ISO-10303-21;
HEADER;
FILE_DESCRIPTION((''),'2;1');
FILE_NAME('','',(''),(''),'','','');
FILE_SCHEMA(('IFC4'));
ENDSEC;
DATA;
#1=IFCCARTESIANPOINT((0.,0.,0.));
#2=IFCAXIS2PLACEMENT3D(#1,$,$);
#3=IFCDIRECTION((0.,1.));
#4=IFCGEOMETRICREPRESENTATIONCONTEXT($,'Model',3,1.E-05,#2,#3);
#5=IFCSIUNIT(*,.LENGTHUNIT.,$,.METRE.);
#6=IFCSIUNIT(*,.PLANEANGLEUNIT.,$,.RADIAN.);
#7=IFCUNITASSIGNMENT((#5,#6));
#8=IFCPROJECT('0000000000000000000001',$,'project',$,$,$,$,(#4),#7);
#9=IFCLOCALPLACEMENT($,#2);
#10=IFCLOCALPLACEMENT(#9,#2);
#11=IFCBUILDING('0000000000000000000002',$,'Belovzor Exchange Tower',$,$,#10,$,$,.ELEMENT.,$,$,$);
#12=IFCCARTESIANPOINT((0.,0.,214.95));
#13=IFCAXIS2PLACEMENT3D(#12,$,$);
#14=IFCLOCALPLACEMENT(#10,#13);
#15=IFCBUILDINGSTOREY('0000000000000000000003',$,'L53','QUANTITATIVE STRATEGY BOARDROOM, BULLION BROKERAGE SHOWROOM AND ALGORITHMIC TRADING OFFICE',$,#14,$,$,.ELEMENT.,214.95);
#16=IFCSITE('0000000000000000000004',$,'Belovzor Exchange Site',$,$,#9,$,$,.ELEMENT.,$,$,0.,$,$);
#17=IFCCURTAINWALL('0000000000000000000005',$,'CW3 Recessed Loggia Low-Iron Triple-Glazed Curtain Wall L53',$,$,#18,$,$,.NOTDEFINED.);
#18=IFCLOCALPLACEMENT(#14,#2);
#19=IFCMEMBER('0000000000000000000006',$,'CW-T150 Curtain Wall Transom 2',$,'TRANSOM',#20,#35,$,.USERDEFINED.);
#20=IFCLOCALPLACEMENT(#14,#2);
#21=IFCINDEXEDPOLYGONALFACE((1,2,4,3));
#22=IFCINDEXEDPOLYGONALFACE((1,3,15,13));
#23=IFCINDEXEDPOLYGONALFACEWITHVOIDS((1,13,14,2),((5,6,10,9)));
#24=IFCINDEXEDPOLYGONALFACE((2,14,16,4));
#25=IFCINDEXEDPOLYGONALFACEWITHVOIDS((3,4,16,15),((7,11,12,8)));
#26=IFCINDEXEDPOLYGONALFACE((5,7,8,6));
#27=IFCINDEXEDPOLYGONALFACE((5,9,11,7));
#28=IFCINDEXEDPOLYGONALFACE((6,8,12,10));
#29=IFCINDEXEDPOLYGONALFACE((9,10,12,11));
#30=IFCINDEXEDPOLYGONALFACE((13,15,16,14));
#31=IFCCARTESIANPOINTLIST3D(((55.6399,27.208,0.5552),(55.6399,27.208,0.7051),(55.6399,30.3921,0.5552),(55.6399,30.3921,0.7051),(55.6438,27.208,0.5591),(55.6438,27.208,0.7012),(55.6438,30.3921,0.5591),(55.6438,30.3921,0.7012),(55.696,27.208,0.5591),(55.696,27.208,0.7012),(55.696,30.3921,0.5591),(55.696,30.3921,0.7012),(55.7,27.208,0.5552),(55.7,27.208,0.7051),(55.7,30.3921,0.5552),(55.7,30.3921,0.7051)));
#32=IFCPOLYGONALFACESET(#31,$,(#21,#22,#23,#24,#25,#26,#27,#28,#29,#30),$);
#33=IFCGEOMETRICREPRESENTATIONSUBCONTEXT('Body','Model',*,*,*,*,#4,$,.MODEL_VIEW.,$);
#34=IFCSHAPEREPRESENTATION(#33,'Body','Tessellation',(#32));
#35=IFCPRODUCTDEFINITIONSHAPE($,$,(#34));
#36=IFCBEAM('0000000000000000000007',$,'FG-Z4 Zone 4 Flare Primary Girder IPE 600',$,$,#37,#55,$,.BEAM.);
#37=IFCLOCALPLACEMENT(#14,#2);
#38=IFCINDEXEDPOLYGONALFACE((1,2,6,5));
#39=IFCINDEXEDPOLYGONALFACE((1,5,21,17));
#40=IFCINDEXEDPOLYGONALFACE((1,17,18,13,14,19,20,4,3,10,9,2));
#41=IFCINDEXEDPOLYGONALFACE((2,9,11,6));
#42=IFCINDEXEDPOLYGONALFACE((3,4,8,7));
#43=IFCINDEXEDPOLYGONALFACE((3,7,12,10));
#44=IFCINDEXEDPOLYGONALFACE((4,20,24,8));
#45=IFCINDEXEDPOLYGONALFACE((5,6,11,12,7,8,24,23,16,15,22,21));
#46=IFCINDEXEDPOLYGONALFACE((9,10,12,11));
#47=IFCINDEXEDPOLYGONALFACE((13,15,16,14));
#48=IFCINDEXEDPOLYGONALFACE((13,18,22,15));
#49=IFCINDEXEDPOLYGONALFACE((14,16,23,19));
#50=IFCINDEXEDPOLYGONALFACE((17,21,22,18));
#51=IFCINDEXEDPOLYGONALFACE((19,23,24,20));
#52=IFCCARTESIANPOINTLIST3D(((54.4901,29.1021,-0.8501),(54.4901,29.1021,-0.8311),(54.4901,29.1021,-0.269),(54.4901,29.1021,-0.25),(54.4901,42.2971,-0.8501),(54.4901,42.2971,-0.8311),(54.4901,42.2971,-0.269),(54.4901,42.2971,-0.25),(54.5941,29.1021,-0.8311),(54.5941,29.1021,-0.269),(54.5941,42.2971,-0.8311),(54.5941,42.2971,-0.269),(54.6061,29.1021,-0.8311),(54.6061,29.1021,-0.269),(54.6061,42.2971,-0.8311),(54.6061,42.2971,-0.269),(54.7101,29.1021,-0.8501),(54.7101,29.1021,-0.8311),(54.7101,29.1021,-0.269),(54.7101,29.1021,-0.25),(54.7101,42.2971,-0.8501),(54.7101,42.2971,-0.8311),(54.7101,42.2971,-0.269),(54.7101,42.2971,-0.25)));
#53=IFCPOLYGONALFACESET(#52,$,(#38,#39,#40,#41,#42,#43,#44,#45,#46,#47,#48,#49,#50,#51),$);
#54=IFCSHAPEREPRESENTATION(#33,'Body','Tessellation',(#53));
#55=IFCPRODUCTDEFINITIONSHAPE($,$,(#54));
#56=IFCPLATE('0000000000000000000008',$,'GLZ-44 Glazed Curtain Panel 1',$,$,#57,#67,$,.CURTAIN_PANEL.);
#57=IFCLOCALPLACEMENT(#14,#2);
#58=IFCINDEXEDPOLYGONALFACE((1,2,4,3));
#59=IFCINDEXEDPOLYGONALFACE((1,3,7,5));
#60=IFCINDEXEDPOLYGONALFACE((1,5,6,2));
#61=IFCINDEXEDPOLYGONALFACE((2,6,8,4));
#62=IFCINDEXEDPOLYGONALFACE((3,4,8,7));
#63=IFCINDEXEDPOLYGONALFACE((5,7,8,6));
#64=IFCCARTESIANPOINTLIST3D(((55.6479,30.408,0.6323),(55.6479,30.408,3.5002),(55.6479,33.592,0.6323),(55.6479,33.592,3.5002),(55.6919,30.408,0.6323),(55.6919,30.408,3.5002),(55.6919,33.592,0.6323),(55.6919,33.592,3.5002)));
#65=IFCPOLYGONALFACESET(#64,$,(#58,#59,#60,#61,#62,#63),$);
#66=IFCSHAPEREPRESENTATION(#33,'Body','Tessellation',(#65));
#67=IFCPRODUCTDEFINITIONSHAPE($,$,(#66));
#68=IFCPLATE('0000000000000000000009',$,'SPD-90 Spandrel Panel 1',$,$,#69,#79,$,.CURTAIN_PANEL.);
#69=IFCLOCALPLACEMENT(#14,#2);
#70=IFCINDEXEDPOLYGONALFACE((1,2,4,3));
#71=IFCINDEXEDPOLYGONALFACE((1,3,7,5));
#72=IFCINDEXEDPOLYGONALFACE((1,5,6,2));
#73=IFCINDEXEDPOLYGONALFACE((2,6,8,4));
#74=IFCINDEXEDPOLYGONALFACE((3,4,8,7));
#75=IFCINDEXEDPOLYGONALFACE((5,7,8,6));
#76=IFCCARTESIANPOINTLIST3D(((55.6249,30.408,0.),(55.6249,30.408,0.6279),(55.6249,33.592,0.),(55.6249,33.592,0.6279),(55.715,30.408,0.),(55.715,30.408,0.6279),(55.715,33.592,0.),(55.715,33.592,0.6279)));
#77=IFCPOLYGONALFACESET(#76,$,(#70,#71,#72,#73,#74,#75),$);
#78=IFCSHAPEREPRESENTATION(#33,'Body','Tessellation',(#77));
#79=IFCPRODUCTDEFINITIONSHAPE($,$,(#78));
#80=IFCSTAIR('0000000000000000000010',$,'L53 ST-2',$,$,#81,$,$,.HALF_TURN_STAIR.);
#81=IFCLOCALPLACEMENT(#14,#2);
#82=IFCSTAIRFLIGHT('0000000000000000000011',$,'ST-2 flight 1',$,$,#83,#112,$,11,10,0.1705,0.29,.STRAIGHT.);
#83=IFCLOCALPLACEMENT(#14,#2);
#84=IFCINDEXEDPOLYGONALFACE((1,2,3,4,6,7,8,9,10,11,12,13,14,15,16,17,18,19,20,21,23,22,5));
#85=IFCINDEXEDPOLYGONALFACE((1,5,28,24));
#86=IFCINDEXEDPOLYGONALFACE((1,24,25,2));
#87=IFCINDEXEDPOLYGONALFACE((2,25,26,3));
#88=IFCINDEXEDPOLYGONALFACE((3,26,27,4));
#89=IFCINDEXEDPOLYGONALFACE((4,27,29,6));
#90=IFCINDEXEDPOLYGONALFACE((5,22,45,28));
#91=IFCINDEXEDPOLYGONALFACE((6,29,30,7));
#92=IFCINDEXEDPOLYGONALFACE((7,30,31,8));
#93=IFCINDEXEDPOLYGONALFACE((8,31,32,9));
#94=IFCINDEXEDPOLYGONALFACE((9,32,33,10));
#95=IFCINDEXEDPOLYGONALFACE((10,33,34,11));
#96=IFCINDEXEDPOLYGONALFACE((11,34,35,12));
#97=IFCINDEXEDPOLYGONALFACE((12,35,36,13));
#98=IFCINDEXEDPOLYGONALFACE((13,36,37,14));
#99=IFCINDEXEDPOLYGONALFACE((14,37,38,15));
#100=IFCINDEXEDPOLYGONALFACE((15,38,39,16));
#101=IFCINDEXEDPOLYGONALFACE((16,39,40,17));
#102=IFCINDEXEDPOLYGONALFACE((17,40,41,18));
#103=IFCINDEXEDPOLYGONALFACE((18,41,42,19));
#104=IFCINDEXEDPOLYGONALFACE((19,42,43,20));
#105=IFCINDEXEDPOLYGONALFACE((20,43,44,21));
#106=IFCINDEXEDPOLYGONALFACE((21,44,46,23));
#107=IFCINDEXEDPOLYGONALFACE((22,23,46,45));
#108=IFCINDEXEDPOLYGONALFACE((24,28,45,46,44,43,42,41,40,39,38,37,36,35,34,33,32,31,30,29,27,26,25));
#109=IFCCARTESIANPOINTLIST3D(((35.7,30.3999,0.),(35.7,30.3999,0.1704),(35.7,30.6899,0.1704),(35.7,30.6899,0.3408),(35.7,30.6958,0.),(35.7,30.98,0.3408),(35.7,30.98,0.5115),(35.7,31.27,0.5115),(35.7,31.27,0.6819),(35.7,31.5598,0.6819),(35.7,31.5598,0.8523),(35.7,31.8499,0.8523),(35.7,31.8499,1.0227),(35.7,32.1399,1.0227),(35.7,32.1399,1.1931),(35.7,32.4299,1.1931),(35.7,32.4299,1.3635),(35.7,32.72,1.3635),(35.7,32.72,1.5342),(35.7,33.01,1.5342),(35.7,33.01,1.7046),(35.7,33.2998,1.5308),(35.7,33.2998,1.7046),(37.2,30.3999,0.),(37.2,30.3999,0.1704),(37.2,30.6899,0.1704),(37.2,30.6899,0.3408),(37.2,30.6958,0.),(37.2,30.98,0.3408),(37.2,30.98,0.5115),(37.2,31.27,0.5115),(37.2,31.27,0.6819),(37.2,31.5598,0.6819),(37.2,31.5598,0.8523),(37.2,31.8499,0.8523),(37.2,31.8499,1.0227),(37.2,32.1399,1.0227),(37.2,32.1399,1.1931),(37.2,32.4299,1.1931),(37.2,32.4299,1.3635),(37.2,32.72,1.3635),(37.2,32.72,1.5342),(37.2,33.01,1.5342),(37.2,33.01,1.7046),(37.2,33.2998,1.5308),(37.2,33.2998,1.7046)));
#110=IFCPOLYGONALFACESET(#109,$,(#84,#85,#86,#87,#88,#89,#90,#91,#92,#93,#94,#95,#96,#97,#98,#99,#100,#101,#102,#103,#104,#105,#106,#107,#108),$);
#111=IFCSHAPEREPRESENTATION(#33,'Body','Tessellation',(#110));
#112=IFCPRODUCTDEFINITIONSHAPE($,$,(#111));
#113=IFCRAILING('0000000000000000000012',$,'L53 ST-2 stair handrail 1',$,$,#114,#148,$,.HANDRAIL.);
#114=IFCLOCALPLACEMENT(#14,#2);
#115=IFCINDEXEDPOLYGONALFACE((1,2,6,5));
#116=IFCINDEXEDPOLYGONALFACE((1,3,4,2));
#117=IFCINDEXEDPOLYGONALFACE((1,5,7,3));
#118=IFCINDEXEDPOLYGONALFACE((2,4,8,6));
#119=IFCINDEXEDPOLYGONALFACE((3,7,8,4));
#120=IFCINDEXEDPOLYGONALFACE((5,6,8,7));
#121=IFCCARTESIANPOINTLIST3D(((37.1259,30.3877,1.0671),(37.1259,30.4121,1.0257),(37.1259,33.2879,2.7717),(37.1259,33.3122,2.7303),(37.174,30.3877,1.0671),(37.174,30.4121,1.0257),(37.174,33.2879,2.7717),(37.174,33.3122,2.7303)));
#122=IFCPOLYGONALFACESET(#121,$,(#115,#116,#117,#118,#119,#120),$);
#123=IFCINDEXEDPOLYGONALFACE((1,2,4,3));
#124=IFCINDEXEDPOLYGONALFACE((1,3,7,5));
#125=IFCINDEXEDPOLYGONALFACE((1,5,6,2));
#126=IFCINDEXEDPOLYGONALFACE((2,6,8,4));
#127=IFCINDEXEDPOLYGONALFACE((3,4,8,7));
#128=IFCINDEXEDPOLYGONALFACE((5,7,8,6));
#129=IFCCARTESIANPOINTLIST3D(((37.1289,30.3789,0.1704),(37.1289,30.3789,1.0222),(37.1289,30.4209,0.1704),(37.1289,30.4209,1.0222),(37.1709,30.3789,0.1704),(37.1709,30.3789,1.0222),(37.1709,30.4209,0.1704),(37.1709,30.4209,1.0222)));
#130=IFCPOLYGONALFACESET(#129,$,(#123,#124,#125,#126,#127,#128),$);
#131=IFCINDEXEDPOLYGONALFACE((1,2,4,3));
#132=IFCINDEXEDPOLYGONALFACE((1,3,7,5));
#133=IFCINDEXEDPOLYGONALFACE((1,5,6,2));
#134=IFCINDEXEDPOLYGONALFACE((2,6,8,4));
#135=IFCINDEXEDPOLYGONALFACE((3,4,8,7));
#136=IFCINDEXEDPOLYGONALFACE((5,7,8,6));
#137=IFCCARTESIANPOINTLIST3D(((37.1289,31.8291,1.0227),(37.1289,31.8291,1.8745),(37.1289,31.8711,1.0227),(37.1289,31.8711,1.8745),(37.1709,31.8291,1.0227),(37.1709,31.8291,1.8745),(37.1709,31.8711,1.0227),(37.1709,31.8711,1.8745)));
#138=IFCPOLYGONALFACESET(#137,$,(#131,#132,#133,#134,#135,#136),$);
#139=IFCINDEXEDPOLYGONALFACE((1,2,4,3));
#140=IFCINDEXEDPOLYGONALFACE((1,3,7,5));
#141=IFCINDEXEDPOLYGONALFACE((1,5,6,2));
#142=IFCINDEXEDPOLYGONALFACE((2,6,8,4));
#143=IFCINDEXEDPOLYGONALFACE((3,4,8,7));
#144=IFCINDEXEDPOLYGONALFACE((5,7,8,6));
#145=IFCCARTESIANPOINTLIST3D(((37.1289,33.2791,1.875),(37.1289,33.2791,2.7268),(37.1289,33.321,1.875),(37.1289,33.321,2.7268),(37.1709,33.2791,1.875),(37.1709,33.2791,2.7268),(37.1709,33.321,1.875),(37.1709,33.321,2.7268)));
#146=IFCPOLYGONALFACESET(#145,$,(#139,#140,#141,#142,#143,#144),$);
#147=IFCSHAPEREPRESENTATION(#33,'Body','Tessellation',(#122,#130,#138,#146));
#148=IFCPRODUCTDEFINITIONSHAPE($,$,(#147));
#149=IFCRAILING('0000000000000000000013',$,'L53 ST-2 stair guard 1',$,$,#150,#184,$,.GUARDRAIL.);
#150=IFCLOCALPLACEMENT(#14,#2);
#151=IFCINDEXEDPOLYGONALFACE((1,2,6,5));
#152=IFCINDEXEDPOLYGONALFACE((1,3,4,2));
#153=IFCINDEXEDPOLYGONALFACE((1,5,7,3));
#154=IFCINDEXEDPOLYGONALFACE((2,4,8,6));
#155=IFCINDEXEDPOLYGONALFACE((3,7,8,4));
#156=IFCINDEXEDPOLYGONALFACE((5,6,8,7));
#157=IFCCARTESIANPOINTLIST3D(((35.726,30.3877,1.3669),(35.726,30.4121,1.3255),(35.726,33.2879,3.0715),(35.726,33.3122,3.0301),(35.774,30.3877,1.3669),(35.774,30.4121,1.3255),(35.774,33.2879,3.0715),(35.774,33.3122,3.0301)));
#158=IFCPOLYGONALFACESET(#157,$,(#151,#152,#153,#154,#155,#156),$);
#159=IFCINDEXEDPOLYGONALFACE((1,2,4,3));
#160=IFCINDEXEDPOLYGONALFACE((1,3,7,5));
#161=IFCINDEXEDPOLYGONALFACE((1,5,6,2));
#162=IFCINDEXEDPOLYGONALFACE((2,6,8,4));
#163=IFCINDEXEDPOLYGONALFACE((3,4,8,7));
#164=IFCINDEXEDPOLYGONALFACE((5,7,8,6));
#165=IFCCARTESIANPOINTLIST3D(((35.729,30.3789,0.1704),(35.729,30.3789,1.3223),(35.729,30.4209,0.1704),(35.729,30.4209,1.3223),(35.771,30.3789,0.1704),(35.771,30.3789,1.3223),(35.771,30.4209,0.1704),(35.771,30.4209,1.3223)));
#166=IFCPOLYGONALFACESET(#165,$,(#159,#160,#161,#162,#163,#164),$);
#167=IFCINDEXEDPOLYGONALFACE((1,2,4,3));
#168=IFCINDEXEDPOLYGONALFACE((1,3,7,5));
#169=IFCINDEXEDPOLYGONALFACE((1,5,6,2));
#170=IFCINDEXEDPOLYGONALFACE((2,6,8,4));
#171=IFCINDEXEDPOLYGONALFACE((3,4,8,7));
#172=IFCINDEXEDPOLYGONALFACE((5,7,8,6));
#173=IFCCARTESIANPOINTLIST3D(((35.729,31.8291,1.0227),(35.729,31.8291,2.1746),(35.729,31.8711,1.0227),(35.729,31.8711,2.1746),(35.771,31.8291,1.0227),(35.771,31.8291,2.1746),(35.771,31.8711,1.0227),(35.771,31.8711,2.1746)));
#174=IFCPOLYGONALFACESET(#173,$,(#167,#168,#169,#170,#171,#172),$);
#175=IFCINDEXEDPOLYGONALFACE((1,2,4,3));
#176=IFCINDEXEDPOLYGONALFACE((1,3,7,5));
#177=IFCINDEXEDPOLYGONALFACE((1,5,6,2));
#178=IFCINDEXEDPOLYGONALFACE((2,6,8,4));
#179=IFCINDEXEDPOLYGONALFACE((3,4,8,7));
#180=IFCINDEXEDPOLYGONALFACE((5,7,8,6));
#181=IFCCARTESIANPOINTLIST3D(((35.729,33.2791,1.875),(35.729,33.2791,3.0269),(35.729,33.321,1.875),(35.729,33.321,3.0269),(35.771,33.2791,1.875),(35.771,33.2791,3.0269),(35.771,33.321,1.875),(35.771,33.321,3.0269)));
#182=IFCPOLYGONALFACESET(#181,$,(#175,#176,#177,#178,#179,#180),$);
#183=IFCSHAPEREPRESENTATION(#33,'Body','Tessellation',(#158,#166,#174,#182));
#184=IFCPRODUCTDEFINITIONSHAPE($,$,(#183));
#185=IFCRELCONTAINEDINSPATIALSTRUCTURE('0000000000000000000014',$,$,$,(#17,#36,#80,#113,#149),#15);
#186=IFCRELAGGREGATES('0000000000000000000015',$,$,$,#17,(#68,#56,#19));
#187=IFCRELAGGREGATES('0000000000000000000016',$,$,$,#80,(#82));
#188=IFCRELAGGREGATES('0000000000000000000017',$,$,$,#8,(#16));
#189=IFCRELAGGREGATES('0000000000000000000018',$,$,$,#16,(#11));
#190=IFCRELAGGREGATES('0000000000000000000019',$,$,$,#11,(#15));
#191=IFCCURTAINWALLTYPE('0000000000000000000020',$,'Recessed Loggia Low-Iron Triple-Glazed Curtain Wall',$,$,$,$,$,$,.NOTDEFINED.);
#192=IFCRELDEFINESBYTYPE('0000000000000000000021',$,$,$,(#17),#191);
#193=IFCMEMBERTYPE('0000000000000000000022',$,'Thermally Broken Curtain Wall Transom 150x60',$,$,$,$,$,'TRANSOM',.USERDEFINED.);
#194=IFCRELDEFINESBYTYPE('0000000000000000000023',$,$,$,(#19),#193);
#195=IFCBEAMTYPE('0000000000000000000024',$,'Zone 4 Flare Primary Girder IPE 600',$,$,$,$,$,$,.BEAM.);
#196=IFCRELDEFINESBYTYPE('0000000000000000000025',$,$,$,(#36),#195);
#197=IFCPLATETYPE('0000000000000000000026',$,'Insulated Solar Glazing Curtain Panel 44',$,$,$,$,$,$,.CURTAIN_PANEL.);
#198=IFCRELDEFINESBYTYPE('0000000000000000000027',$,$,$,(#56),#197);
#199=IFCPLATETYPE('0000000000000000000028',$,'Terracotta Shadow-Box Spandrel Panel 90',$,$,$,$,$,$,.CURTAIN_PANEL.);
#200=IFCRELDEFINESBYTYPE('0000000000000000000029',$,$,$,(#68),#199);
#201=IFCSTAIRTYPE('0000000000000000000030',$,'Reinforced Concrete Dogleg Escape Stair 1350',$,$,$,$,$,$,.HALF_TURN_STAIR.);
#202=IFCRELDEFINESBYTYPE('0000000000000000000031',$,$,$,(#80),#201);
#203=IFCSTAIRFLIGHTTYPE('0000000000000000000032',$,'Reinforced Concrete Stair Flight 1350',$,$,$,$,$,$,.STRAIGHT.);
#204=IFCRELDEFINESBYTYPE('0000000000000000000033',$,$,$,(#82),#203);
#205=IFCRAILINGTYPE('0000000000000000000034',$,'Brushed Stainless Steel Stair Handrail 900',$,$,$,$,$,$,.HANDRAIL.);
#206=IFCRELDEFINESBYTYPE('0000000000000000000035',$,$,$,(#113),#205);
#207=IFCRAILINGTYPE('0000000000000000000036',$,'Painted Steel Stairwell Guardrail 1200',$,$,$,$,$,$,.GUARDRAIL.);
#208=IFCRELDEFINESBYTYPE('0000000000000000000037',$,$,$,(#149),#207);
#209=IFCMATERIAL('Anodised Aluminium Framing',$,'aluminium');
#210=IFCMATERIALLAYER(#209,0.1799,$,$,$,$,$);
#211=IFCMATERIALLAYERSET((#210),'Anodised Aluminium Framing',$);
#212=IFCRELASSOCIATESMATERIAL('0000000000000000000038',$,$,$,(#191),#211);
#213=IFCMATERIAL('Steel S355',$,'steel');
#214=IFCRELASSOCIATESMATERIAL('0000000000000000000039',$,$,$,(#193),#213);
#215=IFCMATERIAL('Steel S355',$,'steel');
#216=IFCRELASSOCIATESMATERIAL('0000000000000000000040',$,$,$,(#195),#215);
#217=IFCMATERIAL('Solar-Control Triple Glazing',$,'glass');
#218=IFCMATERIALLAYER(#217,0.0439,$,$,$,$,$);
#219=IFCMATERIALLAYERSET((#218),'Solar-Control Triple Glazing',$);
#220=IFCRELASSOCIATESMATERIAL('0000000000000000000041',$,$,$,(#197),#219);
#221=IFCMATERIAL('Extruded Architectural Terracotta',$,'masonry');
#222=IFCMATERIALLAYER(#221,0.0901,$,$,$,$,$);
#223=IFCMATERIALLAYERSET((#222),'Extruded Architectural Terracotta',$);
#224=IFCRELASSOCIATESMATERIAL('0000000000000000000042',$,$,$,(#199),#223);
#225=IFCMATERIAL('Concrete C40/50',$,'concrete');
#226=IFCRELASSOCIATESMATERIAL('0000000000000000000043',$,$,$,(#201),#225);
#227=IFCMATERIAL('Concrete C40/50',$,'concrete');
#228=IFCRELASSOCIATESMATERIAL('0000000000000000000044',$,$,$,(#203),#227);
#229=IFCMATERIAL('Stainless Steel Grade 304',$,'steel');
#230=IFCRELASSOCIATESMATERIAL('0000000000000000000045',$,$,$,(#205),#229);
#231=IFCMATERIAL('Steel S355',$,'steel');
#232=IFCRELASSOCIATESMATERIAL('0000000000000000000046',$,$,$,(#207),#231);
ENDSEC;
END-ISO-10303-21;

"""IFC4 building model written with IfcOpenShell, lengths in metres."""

from ifc_helpers import new_model, si_unit, direction, frame, origin, origin_2d, place, context, subcontext, project, spatial, polyline, rectangle, hollow_rectangle, i_section, outline, extrude, material, layer, layer_set, material_profile, profile_set, type_object, element, aggregate, save


model = new_model("IFC4")

# Units and contexts
model_context = context("Model", 3, precision=1e-05, world=origin(), true_north=direction((0.0, 1.0)))
body_context = subcontext(model_context, "Body", "Model", "MODEL_VIEW")
ifc_project = project(units=[si_unit("LENGTHUNIT", "METRE"), si_unit("PLANEANGLEUNIT", "RADIAN")], contexts=[model_context])

# Site, building, storey
site_placement = place(None, origin())
site = spatial("IfcSite", under=ifc_project, at=site_placement, Name="Belovzor Exchange Site", CompositionType="ELEMENT", RefElevation=0.0)
building_placement = place(site_placement, origin())
building = spatial("IfcBuilding", under=site, at=building_placement, Name="Belovzor Exchange Tower", CompositionType="ELEMENT")
storey_placement = place(building_placement, frame((0.0, 0.0, 214.95)))
storey = spatial("IfcBuildingStorey", under=building, at=storey_placement, Name="L53", Description="QUANTITATIVE STRATEGY BOARDROOM, BULLION BROKERAGE SHOWROOM AND ALGORITHMIC TRADING OFFICE", CompositionType="ELEMENT", Elevation=214.95)

# Curtain wall, member
ifc_material_1 = material(Name="Anodised Aluminium Framing", Category="aluminium")
ifc_layer_1 = layer(ifc_material_1, 0.1799)
ifc_layer_set_1 = layer_set([ifc_layer_1], Name="Anodised Aluminium Framing")
curtain_wall_type = type_object("IfcCurtainWallType", Name="Recessed Loggia Low-Iron Triple-Glazed Curtain Wall", PredefinedType="NOTDEFINED", material=ifc_layer_set_1)
curtain_wall_placement = place(storey_placement, origin())
curtain_wall = element("IfcCurtainWall", 1, at=curtain_wall_placement, inside=storey, type_object=curtain_wall_type, Name="CW3 Recessed Loggia Low-Iron Triple-Glazed Curtain Wall L53", PredefinedType="NOTDEFINED")
ifc_material_2 = material(Name="Steel S355", Category="steel")
ifc_material_profile_1 = material_profile(ifc_material_2, hollow_rectangle(XDim=0.0601, YDim=0.1499, WallThickness=0.0039, at=origin_2d()))
ifc_profile_set_1 = profile_set([ifc_material_profile_1], Name="Steel S355")
member_type_1 = type_object("IfcMemberType", Name="Thermally Broken Curtain Wall Transom 150x60", ElementType="TRANSOM", PredefinedType="USERDEFINED", material=ifc_profile_set_1)
member_1_placement = place(storey_placement, frame((55.6699, 30.3921, 0.6301), z_axis=(0.0, -1.0, 0.0), x_axis=(1.0, 0.0, 0.0)))
member_1 = element("IfcMember", 2, at=member_1_placement, type_object=member_type_1, Name="CW-T150 Curtain Wall Transom 2", ObjectType="TRANSOM", PredefinedType="USERDEFINED", context=body_context, shape_type="SweptSolid", body=[
    extrude(hollow_rectangle(XDim=0.0601, YDim=0.1499, WallThickness=0.0039, at=origin_2d()), origin(), (0.0, 0.0, 1.0), 3.1841),
])

# Beam
ifc_material_3 = material(Name="Steel S355", Category="steel")
ifc_material_profile_2 = material_profile(ifc_material_3, i_section(OverallWidth=0.22, OverallDepth=0.6001, WebThickness=0.012, FlangeThickness=0.019, at=origin_2d()))
ifc_profile_set_2 = profile_set([ifc_material_profile_2], Name="Steel S355")
beam_type_1 = type_object("IfcBeamType", Name="Zone 4 Flare Primary Girder IPE 600", PredefinedType="BEAM", material=ifc_profile_set_2)
beam_1_placement = place(storey_placement, frame((54.6001, 29.1021, -0.55), z_axis=(0.0, 1.0, 0.0), x_axis=(-1.0, 0.0, 0.0)))
element("IfcBeam", 3, at=beam_1_placement, inside=storey, type_object=beam_type_1, Name="FG-Z4 Zone 4 Flare Primary Girder IPE 600", PredefinedType="BEAM", context=body_context, shape_type="SweptSolid", body=[
    extrude(i_section(OverallWidth=0.22, OverallDepth=0.6001, WebThickness=0.012, FlangeThickness=0.019, at=origin_2d()), origin(), (0.0, 0.0, 1.0), 13.1951),
])

# Plates
ifc_material_4 = material(Name="Solar-Control Triple Glazing", Category="glass")
ifc_layer_2 = layer(ifc_material_4, 0.0439)
ifc_layer_set_2 = layer_set([ifc_layer_2], Name="Solar-Control Triple Glazing")
plate_type_1 = type_object("IfcPlateType", Name="Insulated Solar Glazing Curtain Panel 44", PredefinedType="CURTAIN_PANEL", material=ifc_layer_set_2)
plate_1_placement = place(storey_placement, frame((55.6699, 32.0, 0.6323), z_axis=(0.0, 0.0, 1.0), x_axis=(0.0, -1.0, 0.0)))
plate_1 = element("IfcPlate", 4, at=plate_1_placement, type_object=plate_type_1, Name="GLZ-44 Glazed Curtain Panel 1", PredefinedType="CURTAIN_PANEL", context=body_context, shape_type="SweptSolid", body=[
    extrude(rectangle(XDim=3.1841, YDim=0.0439, at=origin_2d()), origin(), (0.0, 0.0, 1.0), 2.8679),
])
ifc_material_5 = material(Name="Extruded Architectural Terracotta", Category="masonry")
ifc_layer_3 = layer(ifc_material_5, 0.0901)
ifc_layer_set_3 = layer_set([ifc_layer_3], Name="Extruded Architectural Terracotta")
plate_type_2 = type_object("IfcPlateType", Name="Terracotta Shadow-Box Spandrel Panel 90", PredefinedType="CURTAIN_PANEL", material=ifc_layer_set_3)
plate_2_placement = place(storey_placement, frame((55.6699, 32.0, 0.0), z_axis=(0.0, 0.0, 1.0), x_axis=(0.0, -1.0, 0.0)))
plate_2 = element("IfcPlate", 5, at=plate_2_placement, type_object=plate_type_2, Name="SPD-90 Spandrel Panel 1", PredefinedType="CURTAIN_PANEL", context=body_context, shape_type="SweptSolid", body=[
    extrude(rectangle(XDim=3.1841, YDim=0.0901, at=origin_2d()), origin(), (0.0, 0.0, 1.0), 0.6279),
])
aggregate(curtain_wall, [plate_2, plate_1, member_1])

# Stair, stair flight
ifc_material_6 = material(Name="Concrete C40/50", Category="concrete")
stair_type = type_object("IfcStairType", Name="Reinforced Concrete Dogleg Escape Stair 1350", PredefinedType="HALF_TURN_STAIR", material=ifc_material_6)
stair_placement = place(storey_placement, origin())
stair = element("IfcStair", 6, at=stair_placement, inside=storey, type_object=stair_type, Name="L53 ST-2", PredefinedType="HALF_TURN_STAIR")
ifc_material_7 = material(Name="Concrete C40/50", Category="concrete")
stair_flight_type = type_object("IfcStairFlightType", Name="Reinforced Concrete Stair Flight 1350", PredefinedType="STRAIGHT", material=ifc_material_7)
stair_flight_placement = place(storey_placement, frame((36.45, 30.3999, 0.0), z_axis=(0.0, 0.0, 1.0), x_axis=(0.0, 1.0, 0.0)))
stair_flight = element("IfcStairFlight", 7, at=stair_flight_placement, type_object=stair_flight_type, Name="ST-2 flight 1", NumberOfRisers=11, NumberOfTreads=10, PredefinedType="STRAIGHT", RiserHeight=0.1705, TreadLength=0.29, context=body_context, shape_type="SweptSolid", body=[
    extrude(outline(polyline([(0.0, 0.0), (0.0, 0.1704), (0.29, 0.1704), (0.29, 0.3408), (0.5801, 0.3408), (0.5801, 0.5115), (0.8701, 0.5115), (0.8701, 0.6819), (1.1599, 0.6819), (1.1599, 0.8523), (1.45, 0.8523), (1.45, 1.0227), (1.74, 1.0227), (1.74, 1.1931), (2.03, 1.1931), (2.03, 1.3635), (2.3201, 1.3635), (2.3201, 1.5342), (2.6101, 1.5342), (2.6101, 1.7046), (2.8999, 1.7046), (2.8999, 1.875), (2.8999, 1.5308), (0.2959, 0.0), (0.0, 0.0)])), frame((0.0, 0.75, 0.0), z_axis=(0.0, -1.0, 0.0), x_axis=(1.0, 0.0, 0.0)), (0.0, 0.0, 1.0), 1.5),
])
aggregate(stair, [stair_flight])

# Railings
ifc_material_8 = material(Name="Stainless Steel Grade 304", Category="steel")
railing_type_1 = type_object("IfcRailingType", Name="Brushed Stainless Steel Stair Handrail 900", PredefinedType="HANDRAIL", material=ifc_material_8)
railing_1_placement = place(storey_placement, frame((37.1499, 30.3999, 0.1704)))
element("IfcRailing", 8, at=railing_1_placement, inside=storey, type_object=railing_type_1, Name="L53 ST-2 stair handrail 1", PredefinedType="HANDRAIL", context=body_context, shape_type="SweptSolid", body=[
    extrude(rectangle(XDim=0.0481, YDim=0.0481, at=origin_2d()), frame((0.0, 0.0, 0.876), z_axis=(0.0, 0.862113, 0.506716), x_axis=(-1.0, 0.0, 0.0)), (0.0, 0.0, 1.0), 3.364),
    extrude(rectangle(XDim=0.042, YDim=0.042, at=origin_2d()), origin(), (0.0, 0.0, 1.0), 0.8518),
    extrude(rectangle(XDim=0.042, YDim=0.042, at=origin_2d()), frame((0.0, 1.4502, 0.8523)), (0.0, 0.0, 1.0), 0.8518),
    extrude(rectangle(XDim=0.042, YDim=0.042, at=origin_2d()), frame((0.0, 2.9001, 1.7046)), (0.0, 0.0, 1.0), 0.8518),
])
ifc_material_9 = material(Name="Steel S355", Category="steel")
railing_type_2 = type_object("IfcRailingType", Name="Painted Steel Stairwell Guardrail 1200", PredefinedType="GUARDRAIL", material=ifc_material_9)
railing_2_placement = place(storey_placement, frame((35.75, 30.3999, 0.1704)))
element("IfcRailing", 9, at=railing_2_placement, inside=storey, type_object=railing_type_2, Name="L53 ST-2 stair guard 1", PredefinedType="GUARDRAIL", context=body_context, shape_type="SweptSolid", body=[
    extrude(rectangle(XDim=0.0481, YDim=0.0481, at=origin_2d()), frame((0.0, 0.0, 1.1758), z_axis=(0.0, 0.862113, 0.506716), x_axis=(-1.0, 0.0, 0.0)), (0.0, 0.0, 1.0), 3.364),
    extrude(rectangle(XDim=0.042, YDim=0.042, at=origin_2d()), origin(), (0.0, 0.0, 1.0), 1.1519),
    extrude(rectangle(XDim=0.042, YDim=0.042, at=origin_2d()), frame((0.0, 1.4502, 0.8523)), (0.0, 0.0, 1.0), 1.1519),
    extrude(rectangle(XDim=0.042, YDim=0.042, at=origin_2d()), frame((0.0, 2.9001, 1.7046)), (0.0, 0.0, 1.0), 1.1519),
])

save(model, "model.ifc")
